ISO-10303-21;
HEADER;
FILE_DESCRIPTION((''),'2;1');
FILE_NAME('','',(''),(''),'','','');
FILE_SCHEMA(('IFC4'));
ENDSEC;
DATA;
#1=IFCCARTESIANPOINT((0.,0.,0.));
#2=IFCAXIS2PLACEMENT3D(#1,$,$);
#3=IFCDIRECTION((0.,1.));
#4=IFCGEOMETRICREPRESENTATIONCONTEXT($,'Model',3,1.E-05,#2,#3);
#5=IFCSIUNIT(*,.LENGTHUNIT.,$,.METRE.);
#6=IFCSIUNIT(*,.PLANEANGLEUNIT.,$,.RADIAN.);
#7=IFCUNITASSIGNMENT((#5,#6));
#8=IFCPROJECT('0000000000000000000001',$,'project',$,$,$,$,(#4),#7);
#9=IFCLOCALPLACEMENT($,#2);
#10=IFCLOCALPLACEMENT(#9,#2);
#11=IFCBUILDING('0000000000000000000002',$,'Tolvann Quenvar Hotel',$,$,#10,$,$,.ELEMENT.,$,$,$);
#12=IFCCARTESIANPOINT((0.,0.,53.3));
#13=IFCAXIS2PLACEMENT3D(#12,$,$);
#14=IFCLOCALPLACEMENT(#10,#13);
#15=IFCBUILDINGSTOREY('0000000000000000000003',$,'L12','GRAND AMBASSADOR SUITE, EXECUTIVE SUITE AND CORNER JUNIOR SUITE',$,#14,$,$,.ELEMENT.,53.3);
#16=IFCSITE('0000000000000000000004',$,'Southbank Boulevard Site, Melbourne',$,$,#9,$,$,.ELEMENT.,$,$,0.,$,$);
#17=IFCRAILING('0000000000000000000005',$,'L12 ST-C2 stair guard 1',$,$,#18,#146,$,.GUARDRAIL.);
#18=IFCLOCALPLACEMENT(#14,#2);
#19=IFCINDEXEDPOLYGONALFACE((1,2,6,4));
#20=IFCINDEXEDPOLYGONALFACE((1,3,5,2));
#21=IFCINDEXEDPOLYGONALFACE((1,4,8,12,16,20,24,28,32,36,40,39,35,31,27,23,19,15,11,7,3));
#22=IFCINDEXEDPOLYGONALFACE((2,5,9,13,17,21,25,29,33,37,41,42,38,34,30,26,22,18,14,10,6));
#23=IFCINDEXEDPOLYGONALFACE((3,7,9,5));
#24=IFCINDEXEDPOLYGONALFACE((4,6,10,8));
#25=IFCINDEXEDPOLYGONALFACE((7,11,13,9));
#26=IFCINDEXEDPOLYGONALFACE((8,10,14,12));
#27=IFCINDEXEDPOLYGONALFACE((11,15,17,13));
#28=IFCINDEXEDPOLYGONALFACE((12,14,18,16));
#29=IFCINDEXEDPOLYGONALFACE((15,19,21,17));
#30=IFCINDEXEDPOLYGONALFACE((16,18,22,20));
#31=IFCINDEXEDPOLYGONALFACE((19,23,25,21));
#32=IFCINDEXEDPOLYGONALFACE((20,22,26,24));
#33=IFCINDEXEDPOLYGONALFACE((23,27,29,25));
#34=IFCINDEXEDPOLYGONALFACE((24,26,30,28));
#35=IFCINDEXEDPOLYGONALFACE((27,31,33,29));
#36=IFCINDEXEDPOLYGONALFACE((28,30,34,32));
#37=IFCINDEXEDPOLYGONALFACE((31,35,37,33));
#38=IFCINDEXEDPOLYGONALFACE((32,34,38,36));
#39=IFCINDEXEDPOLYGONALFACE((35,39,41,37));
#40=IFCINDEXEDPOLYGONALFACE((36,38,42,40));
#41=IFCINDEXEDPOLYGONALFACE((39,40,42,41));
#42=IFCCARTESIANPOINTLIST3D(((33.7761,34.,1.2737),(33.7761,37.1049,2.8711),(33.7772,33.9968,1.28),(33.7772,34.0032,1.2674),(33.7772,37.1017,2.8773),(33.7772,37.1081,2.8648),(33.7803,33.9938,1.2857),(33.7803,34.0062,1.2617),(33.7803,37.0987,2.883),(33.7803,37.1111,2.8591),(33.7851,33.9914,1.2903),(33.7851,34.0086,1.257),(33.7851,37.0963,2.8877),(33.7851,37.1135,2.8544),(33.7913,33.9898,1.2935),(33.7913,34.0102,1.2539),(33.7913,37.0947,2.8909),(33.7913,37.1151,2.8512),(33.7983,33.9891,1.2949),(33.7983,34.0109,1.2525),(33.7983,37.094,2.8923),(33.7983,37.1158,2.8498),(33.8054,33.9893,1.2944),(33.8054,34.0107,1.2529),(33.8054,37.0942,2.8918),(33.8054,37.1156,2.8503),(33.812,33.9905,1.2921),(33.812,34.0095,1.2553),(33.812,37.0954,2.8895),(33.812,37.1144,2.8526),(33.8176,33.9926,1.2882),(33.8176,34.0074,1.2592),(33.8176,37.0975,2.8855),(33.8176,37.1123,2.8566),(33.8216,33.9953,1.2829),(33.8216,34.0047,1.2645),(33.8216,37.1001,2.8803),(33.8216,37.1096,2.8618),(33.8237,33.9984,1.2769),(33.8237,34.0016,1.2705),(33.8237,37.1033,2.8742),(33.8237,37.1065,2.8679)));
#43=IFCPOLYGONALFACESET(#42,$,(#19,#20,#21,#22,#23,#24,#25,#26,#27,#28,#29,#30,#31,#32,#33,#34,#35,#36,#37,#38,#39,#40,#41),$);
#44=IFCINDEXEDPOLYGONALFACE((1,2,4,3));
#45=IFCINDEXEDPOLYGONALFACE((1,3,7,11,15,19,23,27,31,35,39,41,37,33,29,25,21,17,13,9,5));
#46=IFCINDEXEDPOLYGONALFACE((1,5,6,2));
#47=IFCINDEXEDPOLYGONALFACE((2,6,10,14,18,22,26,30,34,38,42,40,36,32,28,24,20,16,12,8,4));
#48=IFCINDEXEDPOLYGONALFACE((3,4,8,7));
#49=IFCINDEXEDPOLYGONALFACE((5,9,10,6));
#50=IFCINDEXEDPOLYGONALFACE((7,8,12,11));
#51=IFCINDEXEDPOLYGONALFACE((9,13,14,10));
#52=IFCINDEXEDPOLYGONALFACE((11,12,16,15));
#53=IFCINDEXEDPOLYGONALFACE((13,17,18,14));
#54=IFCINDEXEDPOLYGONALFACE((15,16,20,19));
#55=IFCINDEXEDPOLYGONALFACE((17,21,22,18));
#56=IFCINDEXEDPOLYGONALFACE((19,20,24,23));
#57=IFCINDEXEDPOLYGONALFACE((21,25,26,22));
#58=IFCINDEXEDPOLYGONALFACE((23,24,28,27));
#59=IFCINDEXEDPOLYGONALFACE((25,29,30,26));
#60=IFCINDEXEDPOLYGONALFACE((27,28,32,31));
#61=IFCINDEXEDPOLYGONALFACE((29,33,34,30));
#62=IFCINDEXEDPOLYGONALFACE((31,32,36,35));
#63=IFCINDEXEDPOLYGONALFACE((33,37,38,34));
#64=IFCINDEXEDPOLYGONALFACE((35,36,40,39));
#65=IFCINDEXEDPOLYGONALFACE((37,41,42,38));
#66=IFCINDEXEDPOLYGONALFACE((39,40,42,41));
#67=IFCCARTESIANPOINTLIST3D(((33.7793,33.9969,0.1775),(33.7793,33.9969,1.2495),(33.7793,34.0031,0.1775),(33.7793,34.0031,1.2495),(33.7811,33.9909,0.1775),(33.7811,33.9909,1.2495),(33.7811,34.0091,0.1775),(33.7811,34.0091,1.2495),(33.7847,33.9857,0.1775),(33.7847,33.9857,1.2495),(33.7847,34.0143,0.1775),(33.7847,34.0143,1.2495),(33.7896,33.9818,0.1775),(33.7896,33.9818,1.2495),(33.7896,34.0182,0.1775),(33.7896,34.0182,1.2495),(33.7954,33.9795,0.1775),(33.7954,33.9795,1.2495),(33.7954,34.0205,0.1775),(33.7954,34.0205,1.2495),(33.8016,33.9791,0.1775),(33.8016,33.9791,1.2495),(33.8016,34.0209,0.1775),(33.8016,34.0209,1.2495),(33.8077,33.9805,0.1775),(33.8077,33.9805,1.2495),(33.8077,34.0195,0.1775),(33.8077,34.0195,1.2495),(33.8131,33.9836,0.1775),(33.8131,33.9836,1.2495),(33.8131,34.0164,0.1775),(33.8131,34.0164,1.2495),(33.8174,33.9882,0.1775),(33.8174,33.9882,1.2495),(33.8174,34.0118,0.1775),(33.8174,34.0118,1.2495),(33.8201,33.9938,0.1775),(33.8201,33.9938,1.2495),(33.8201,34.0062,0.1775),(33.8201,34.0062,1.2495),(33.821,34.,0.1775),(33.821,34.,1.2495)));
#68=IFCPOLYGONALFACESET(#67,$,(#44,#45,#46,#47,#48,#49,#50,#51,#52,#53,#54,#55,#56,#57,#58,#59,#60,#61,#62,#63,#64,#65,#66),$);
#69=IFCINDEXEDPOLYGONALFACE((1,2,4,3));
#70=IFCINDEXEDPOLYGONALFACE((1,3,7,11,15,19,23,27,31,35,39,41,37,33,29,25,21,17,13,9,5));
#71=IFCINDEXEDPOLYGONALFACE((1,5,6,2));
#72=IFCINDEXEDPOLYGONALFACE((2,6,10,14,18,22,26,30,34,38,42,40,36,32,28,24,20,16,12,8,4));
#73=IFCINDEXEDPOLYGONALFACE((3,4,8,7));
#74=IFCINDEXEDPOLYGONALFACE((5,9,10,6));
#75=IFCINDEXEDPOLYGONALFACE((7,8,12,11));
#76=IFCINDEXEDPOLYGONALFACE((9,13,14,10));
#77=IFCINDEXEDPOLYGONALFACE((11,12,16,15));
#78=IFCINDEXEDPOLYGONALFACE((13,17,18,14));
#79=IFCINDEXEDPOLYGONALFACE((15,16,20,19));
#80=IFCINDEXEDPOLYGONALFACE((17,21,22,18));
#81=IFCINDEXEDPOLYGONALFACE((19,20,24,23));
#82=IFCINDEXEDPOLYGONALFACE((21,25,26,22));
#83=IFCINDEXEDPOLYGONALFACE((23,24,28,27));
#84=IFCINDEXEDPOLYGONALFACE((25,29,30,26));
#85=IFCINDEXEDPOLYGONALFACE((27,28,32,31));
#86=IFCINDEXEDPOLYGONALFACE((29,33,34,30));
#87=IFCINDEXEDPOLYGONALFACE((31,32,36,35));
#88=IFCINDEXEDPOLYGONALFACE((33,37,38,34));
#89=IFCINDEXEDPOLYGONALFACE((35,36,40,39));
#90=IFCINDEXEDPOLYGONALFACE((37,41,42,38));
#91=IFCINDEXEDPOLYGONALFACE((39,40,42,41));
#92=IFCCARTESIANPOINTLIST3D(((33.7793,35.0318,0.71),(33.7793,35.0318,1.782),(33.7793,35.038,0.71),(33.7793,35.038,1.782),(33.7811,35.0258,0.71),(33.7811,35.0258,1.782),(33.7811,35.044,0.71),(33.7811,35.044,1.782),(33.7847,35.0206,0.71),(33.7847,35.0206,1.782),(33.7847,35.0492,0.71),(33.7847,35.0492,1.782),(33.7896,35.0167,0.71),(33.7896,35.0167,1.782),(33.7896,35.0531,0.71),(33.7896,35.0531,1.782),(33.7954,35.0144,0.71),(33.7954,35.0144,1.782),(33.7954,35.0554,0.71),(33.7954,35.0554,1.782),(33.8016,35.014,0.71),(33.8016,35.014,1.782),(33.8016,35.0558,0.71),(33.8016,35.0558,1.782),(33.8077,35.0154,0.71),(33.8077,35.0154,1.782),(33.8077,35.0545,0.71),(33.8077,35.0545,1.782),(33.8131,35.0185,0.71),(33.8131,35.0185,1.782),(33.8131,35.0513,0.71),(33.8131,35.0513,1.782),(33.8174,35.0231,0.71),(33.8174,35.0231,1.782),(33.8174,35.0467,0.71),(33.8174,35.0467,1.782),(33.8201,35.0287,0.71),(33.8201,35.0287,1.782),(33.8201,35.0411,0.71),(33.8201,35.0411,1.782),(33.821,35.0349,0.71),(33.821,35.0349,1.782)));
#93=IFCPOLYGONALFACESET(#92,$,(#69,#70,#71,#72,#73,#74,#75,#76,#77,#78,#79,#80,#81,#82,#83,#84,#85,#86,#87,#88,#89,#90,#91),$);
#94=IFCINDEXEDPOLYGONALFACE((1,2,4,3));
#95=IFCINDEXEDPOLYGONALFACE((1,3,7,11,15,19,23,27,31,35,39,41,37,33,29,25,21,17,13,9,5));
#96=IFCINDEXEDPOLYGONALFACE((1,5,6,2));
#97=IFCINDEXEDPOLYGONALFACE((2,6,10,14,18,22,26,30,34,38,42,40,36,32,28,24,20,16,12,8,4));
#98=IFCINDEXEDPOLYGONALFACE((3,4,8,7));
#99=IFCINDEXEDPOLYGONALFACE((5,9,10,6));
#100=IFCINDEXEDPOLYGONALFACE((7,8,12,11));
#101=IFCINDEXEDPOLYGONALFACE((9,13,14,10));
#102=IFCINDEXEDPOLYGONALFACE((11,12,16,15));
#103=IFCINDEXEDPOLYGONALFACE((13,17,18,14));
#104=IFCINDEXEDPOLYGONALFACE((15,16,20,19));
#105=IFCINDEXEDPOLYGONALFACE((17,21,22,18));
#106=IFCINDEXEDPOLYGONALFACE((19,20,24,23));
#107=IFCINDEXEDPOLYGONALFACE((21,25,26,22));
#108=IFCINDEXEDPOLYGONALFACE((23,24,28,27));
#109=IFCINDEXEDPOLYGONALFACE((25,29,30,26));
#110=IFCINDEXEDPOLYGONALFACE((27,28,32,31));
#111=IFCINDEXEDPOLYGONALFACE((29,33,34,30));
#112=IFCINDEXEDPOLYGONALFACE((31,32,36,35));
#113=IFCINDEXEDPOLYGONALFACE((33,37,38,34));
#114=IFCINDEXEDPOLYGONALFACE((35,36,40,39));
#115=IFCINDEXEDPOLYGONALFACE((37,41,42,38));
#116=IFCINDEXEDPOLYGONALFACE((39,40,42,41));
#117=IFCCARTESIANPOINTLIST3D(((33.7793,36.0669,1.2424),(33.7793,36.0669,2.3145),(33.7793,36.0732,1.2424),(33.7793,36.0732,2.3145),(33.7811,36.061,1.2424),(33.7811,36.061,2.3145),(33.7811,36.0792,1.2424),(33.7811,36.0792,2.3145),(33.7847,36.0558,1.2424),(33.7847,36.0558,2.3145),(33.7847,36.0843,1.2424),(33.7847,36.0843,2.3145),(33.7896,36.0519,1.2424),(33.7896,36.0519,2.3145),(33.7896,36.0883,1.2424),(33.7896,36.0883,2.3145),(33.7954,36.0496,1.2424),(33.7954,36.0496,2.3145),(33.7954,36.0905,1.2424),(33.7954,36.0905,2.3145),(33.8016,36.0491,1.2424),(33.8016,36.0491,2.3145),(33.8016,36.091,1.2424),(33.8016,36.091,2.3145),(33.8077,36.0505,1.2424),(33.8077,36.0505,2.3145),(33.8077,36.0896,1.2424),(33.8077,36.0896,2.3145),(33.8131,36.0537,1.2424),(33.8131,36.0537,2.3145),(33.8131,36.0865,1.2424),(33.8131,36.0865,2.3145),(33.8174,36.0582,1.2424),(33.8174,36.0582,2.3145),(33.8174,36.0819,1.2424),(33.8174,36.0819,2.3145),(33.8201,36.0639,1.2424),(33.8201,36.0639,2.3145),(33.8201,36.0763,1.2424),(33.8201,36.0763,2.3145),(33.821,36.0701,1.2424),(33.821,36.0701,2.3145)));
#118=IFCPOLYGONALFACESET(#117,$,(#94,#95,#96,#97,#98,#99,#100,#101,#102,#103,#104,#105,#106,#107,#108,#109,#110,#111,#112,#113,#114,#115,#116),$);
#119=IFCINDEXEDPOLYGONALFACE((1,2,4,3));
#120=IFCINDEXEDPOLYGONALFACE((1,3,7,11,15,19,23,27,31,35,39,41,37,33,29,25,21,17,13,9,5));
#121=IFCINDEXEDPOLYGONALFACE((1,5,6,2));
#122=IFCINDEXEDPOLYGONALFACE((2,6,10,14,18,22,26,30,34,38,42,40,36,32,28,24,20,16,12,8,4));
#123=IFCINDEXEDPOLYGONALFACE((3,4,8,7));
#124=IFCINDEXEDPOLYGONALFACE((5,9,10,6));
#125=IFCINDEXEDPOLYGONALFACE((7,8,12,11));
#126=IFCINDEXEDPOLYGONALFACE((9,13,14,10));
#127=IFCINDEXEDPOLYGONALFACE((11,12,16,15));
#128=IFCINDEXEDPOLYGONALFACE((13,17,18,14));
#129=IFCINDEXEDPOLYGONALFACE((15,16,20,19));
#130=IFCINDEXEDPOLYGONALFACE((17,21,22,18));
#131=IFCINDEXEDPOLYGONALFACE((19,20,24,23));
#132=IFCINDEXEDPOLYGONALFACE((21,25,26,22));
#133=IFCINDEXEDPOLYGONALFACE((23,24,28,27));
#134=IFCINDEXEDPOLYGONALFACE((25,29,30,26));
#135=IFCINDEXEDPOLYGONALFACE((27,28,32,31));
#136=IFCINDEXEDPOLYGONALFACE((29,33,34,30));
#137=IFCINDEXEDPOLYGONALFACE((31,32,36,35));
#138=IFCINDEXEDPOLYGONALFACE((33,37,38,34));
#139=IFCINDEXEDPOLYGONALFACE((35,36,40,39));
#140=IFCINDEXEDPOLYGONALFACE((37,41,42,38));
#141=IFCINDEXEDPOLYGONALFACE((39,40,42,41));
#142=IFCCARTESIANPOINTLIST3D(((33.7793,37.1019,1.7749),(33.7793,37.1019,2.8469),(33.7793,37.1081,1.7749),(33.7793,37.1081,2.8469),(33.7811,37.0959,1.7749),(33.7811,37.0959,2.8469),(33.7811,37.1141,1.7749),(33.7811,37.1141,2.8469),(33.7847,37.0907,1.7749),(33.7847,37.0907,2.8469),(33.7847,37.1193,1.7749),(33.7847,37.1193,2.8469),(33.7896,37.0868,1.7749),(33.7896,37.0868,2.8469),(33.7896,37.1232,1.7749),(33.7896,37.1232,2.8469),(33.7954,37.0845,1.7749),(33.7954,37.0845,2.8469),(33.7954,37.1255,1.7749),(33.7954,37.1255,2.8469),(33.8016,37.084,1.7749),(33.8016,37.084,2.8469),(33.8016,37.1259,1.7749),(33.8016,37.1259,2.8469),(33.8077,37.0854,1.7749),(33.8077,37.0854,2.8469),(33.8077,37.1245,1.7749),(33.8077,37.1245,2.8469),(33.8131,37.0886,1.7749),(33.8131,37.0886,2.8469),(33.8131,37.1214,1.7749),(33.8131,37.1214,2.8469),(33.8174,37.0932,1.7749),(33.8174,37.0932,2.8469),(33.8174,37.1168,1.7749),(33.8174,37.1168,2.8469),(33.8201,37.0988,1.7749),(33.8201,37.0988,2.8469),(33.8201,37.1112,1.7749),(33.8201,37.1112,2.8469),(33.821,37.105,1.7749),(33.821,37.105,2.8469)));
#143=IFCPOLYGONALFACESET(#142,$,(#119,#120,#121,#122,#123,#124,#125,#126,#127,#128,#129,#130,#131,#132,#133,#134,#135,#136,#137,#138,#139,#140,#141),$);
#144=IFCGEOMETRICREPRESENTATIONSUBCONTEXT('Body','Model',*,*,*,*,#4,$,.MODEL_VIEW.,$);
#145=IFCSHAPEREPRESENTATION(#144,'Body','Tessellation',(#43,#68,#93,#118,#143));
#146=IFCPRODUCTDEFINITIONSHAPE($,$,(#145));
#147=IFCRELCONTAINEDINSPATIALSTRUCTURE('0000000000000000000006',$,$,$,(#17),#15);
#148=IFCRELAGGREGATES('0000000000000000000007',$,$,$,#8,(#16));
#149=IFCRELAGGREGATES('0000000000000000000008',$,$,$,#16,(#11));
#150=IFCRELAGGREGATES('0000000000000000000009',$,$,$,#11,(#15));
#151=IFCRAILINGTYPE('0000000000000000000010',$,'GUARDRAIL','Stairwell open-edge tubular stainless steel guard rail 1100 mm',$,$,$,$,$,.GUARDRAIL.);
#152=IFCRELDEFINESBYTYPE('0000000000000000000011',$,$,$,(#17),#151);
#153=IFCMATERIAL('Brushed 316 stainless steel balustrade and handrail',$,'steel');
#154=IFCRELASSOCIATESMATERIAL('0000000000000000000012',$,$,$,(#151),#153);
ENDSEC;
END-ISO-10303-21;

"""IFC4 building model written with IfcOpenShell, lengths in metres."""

from ifc_helpers import new_model, si_unit, direction, frame, origin, origin_2d, place, context, subcontext, project, spatial, circle, extrude, material, type_object, element, save


model = new_model("IFC4")

# Units and contexts
model_context = context("Model", 3, precision=1e-05, world=origin(), true_north=direction((0.0, 1.0)))
body_context = subcontext(model_context, "Body", "Model", "MODEL_VIEW")
ifc_project = project(units=[si_unit("LENGTHUNIT", "METRE"), si_unit("PLANEANGLEUNIT", "RADIAN")], contexts=[model_context])

# Site, building, storey
site_placement = place(None, origin())
site = spatial("IfcSite", under=ifc_project, at=site_placement, Name="Southbank Boulevard Site, Melbourne", CompositionType="ELEMENT", RefElevation=0.0)
building_placement = place(site_placement, origin())
building = spatial("IfcBuilding", under=site, at=building_placement, Name="Tolvann Quenvar Hotel", CompositionType="ELEMENT")
storey_placement = place(building_placement, frame((0.0, 0.0, 53.3)))
storey = spatial("IfcBuildingStorey", under=building, at=storey_placement, Name="L12", Description="GRAND AMBASSADOR SUITE, EXECUTIVE SUITE AND CORNER JUNIOR SUITE", CompositionType="ELEMENT", Elevation=53.3)

# Railing
ifc_material_1 = material(Name="Brushed 316 stainless steel balustrade and handrail", Category="steel")
railing_type_1 = type_object("IfcRailingType", Name="GUARDRAIL", Description="Stairwell open-edge tubular stainless steel guard rail 1100 mm", PredefinedType="GUARDRAIL", material=ifc_material_1)
railing_1_placement = place(storey_placement, frame((33.8, 34.0, 0.1775)))
element("IfcRailing", 1, at=railing_1_placement, inside=storey, type_object=railing_type_1, Name="L12 ST-C2 stair guard 1", PredefinedType="GUARDRAIL", context=body_context, shape_type="SweptSolid", body=[
    extrude(circle(Radius=0.0239, at=origin_2d()), frame((0.0, 0.0, 1.0962), z_axis=(0.0, 0.889222, 0.457476), x_axis=(-1.0, 0.0, 0.0)), (0.0, 0.0, 1.0), 3.4917),
    extrude(circle(Radius=0.021, at=origin_2d()), origin(), (0.0, 0.0, 1.0), 1.072),
    extrude(circle(Radius=0.021, at=origin_2d()), frame((0.0, 1.0349, 0.5325)), (0.0, 0.0, 1.0), 1.072),
    extrude(circle(Radius=0.021, at=origin_2d()), frame((0.0, 2.0701, 1.0649)), (0.0, 0.0, 1.0), 1.072),
    extrude(circle(Radius=0.021, at=origin_2d()), frame((0.0, 3.105, 1.5974)), (0.0, 0.0, 1.0), 1.072),
])

save(model, "model.ifc")
